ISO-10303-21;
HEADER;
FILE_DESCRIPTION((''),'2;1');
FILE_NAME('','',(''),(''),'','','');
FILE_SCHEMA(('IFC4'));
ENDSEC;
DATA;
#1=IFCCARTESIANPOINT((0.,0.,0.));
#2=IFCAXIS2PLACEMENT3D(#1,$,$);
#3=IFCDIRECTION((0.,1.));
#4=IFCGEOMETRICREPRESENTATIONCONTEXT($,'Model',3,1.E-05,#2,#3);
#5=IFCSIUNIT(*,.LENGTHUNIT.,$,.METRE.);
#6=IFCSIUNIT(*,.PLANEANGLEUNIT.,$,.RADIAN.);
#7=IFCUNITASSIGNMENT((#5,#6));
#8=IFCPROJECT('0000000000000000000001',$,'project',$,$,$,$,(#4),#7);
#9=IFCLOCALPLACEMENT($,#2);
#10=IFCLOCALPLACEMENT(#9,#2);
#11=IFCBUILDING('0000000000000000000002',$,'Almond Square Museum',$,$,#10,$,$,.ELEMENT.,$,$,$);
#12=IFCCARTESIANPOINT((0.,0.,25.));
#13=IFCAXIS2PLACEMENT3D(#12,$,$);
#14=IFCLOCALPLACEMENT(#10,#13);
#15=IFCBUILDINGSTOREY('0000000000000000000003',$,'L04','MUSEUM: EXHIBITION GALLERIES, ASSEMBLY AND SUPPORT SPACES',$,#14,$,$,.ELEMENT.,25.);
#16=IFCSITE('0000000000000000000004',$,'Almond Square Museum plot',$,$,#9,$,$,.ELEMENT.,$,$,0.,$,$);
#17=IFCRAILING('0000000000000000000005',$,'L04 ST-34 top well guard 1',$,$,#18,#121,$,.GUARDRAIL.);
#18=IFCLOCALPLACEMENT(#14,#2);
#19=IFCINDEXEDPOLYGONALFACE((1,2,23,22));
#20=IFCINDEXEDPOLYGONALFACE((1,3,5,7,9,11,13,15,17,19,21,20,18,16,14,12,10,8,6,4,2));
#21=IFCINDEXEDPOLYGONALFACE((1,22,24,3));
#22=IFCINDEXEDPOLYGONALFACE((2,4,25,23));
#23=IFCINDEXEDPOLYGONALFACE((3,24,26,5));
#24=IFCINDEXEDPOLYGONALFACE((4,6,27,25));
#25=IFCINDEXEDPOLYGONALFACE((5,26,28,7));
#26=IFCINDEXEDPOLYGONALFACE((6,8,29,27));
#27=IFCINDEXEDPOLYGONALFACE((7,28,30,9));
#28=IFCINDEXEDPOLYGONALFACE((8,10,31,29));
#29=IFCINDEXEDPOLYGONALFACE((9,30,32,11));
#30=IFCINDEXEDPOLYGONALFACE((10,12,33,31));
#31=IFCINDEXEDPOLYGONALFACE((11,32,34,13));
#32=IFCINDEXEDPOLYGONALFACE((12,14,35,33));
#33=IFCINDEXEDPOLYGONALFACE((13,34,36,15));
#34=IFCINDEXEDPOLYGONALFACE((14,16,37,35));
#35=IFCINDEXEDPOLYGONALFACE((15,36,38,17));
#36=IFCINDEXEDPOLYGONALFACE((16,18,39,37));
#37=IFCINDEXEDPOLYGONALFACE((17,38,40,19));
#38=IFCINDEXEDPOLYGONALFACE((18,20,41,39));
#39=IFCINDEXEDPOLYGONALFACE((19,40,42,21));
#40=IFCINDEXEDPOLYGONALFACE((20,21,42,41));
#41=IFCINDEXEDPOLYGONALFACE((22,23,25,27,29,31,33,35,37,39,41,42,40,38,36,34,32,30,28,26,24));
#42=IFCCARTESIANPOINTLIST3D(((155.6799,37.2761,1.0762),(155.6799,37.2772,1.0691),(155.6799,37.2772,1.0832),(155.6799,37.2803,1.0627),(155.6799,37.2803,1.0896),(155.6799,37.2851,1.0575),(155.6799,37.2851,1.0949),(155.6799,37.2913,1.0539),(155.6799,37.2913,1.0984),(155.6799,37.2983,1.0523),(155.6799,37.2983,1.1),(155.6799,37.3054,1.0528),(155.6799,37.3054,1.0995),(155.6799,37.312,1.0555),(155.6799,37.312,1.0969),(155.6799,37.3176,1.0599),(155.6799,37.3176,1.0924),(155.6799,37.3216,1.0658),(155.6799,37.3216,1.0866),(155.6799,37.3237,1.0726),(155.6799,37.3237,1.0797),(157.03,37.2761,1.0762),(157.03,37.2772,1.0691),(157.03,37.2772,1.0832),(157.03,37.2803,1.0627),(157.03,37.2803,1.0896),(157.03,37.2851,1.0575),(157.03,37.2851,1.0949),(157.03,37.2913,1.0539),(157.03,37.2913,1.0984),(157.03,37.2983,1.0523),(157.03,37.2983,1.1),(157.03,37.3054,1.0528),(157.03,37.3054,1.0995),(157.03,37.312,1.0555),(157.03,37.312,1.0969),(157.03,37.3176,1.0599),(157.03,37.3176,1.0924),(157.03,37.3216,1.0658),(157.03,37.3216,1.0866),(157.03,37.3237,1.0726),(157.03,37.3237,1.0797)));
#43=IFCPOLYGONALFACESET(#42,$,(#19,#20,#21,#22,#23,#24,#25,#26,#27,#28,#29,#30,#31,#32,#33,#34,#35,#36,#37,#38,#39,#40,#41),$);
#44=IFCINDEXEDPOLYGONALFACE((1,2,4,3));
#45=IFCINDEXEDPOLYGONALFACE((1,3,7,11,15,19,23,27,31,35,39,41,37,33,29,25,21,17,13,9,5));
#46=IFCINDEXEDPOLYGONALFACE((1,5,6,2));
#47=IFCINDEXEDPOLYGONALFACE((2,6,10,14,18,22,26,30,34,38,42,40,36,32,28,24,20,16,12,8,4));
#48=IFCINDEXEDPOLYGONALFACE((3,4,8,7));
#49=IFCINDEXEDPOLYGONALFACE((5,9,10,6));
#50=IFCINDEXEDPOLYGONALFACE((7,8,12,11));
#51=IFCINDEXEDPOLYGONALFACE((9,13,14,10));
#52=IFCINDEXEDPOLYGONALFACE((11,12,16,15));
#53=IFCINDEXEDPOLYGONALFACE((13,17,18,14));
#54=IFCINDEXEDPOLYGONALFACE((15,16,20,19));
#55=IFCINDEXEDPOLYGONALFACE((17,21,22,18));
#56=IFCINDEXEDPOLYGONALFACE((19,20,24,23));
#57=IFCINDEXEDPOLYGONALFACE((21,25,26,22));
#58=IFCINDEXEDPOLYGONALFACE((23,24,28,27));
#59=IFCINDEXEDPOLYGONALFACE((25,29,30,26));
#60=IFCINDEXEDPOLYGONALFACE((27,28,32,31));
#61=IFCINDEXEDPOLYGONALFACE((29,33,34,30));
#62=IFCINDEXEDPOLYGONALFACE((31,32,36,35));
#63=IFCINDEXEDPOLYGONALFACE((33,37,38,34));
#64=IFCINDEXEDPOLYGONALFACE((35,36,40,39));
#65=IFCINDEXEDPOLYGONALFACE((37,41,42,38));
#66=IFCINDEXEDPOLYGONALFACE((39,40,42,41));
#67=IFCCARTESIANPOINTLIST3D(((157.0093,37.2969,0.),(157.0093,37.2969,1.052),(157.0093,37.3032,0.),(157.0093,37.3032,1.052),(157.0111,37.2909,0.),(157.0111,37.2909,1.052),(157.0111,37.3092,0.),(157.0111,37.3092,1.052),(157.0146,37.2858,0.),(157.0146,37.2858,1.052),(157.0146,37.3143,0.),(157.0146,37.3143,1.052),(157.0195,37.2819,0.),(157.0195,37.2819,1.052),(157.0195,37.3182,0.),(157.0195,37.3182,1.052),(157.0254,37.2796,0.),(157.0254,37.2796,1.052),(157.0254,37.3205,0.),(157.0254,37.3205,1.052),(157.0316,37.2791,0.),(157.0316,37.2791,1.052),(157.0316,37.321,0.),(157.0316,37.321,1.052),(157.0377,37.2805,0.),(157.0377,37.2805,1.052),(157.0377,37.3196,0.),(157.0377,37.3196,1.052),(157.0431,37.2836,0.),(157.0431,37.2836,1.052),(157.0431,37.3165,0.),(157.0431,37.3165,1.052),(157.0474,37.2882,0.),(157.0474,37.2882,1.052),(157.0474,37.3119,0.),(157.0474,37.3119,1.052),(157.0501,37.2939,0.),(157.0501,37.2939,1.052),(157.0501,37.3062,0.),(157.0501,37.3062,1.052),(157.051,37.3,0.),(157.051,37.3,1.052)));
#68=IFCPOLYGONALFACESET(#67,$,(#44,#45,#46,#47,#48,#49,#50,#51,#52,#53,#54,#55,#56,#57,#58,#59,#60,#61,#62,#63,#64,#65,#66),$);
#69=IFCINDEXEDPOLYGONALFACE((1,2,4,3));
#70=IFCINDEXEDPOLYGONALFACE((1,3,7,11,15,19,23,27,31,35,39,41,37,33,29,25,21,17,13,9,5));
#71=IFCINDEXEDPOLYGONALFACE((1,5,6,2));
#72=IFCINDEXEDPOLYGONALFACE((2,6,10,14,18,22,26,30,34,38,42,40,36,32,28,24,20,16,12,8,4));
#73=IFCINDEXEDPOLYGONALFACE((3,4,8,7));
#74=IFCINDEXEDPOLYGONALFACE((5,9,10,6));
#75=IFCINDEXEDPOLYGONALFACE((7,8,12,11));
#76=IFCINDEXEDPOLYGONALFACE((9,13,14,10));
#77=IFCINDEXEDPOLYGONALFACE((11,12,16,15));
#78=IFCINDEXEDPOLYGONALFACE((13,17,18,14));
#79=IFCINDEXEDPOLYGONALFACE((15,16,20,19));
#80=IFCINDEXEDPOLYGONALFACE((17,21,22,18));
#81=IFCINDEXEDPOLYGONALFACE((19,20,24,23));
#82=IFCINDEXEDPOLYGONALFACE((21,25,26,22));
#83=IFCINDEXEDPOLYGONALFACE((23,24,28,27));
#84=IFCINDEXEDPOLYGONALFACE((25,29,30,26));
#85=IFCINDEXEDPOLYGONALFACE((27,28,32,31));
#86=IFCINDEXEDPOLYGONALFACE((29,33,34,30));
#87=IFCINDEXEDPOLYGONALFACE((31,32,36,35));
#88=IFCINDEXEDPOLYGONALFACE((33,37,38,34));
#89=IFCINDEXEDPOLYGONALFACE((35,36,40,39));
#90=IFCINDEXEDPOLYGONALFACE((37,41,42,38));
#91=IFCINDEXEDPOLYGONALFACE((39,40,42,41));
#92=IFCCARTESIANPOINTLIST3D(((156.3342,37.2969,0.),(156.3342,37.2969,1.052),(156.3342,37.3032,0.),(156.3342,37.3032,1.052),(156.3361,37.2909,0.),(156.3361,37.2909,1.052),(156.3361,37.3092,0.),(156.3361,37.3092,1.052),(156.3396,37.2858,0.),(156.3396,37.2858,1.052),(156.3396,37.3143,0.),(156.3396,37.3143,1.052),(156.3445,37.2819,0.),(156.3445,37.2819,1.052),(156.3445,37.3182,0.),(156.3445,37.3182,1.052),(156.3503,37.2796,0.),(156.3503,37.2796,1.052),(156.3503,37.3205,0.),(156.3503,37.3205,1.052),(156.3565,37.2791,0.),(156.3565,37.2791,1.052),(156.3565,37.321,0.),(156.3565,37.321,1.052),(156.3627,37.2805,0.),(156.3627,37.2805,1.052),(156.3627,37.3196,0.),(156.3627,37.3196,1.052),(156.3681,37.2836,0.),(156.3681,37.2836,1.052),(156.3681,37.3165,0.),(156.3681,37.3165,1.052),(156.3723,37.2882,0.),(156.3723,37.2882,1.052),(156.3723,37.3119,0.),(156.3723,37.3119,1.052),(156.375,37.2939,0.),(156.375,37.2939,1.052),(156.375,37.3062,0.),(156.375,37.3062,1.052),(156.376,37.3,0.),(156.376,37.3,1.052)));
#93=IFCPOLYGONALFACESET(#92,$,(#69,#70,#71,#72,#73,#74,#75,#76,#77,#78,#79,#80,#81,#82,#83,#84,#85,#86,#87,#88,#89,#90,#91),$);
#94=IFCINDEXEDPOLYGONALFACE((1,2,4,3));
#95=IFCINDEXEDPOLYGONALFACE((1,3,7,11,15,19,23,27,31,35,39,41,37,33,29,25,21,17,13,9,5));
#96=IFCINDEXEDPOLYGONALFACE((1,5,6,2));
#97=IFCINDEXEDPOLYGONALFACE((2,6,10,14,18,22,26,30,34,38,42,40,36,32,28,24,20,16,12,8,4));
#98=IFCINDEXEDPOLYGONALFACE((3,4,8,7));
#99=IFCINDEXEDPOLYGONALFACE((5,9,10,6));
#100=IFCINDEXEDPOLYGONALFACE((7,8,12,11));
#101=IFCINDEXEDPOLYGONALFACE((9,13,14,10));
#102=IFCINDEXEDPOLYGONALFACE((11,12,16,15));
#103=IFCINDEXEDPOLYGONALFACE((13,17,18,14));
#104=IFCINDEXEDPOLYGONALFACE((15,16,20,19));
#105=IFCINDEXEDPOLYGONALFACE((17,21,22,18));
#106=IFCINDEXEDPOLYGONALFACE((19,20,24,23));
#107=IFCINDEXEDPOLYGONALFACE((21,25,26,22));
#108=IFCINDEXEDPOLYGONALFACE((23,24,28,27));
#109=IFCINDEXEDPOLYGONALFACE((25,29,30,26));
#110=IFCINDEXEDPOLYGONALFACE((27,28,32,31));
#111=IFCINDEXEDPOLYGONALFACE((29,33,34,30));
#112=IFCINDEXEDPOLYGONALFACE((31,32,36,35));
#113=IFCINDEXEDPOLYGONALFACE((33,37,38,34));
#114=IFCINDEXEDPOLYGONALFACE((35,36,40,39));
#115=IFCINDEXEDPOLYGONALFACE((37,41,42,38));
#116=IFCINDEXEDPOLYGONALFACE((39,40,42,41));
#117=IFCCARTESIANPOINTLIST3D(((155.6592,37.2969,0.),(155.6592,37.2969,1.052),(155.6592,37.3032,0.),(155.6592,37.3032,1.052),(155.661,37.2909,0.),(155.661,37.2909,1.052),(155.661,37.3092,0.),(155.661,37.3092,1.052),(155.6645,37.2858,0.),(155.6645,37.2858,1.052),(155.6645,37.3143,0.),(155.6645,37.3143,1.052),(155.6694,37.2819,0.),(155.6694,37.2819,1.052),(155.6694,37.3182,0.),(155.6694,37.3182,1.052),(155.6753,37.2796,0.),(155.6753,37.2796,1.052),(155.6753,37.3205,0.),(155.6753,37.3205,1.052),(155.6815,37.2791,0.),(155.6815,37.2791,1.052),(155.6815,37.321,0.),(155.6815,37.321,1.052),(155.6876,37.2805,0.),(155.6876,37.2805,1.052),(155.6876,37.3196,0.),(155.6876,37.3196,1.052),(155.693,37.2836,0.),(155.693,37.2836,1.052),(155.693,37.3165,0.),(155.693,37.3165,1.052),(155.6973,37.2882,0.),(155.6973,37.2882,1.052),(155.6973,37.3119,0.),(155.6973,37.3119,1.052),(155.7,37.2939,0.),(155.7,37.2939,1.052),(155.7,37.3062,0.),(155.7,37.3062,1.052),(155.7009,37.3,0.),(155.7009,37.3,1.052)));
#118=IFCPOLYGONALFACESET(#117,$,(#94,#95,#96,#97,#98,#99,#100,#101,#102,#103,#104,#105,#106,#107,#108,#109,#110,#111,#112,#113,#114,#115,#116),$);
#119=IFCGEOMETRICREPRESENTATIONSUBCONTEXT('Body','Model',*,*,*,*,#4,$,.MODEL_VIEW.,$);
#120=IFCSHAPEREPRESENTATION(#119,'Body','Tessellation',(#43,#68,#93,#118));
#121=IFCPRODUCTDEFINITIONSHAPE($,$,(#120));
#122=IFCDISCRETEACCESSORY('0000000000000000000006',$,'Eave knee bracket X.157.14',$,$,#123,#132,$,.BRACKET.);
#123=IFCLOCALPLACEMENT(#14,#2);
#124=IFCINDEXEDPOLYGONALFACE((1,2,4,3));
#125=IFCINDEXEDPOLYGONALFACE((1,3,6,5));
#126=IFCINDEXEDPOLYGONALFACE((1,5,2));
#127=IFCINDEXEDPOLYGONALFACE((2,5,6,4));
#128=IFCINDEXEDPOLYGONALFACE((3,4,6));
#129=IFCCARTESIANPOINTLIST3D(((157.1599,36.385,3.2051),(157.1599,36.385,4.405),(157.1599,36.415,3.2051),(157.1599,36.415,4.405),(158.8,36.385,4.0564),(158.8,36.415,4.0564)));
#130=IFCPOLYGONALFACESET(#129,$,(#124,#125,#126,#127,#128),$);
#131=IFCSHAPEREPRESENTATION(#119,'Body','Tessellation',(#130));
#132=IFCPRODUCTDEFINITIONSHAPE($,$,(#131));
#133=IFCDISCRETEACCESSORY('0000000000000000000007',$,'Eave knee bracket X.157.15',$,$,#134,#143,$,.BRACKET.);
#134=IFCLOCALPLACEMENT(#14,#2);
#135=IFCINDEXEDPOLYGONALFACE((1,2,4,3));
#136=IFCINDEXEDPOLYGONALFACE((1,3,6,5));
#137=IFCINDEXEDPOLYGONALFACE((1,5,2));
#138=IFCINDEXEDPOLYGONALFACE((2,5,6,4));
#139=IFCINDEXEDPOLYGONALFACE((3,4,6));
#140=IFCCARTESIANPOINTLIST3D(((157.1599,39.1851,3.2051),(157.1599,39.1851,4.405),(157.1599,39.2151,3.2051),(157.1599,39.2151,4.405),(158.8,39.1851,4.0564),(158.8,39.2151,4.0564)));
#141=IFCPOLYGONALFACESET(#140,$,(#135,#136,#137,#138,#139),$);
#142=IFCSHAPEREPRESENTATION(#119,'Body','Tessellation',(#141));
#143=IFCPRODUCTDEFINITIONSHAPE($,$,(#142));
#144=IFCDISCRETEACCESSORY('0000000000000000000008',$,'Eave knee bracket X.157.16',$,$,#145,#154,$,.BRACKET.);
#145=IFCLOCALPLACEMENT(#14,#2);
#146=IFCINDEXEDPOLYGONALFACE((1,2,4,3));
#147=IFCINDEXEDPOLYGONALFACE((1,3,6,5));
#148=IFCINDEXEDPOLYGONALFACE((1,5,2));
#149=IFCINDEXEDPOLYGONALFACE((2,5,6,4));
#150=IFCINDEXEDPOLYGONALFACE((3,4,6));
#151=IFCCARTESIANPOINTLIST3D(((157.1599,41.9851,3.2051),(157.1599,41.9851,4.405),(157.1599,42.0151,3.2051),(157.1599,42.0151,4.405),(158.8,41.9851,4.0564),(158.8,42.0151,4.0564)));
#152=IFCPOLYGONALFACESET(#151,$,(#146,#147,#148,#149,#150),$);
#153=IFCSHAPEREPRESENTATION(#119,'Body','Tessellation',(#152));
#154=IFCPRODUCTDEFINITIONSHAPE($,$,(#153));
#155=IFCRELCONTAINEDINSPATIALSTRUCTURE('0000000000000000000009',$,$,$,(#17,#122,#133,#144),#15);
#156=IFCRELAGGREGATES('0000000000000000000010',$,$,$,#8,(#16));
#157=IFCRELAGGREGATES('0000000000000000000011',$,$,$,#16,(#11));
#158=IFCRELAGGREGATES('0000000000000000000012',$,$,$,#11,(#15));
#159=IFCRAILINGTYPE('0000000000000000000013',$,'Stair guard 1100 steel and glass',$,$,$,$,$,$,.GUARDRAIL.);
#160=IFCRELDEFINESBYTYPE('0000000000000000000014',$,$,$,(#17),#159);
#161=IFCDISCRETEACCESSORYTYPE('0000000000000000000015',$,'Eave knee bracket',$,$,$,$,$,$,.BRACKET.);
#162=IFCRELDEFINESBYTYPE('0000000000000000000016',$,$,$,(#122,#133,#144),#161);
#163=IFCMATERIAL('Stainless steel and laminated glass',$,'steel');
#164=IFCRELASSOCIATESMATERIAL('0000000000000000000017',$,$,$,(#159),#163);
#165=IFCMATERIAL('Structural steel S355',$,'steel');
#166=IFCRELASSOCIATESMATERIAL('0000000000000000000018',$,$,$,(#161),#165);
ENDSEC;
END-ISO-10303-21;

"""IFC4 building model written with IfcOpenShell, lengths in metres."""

from ifc_helpers import new_model, si_unit, direction, frame, origin, origin_2d, place, context, subcontext, project, spatial, polyline, circle, outline, extrude, material, type_object, element, save


model = new_model("IFC4")

# Units and contexts
model_context = context("Model", 3, precision=1e-05, world=origin(), true_north=direction((0.0, 1.0)))
body_context = subcontext(model_context, "Body", "Model", "MODEL_VIEW")
ifc_project = project(units=[si_unit("LENGTHUNIT", "METRE"), si_unit("PLANEANGLEUNIT", "RADIAN")], contexts=[model_context])

# Site, building, storey
site_placement = place(None, origin())
site = spatial("IfcSite", under=ifc_project, at=site_placement, Name="Almond Square Museum plot", CompositionType="ELEMENT", RefElevation=0.0)
building_placement = place(site_placement, origin())
building = spatial("IfcBuilding", under=site, at=building_placement, Name="Almond Square Museum", CompositionType="ELEMENT")
storey_placement = place(building_placement, frame((0.0, 0.0, 25.0)))
storey = spatial("IfcBuildingStorey", under=building, at=storey_placement, Name="L04", Description="MUSEUM: EXHIBITION GALLERIES, ASSEMBLY AND SUPPORT SPACES", CompositionType="ELEMENT", Elevation=25.0)

# Railing
ifc_material_1 = material(Name="Stainless steel and laminated glass", Category="steel")
railing_type = type_object("IfcRailingType", Name="Stair guard 1100 steel and glass", PredefinedType="GUARDRAIL", material=ifc_material_1)
for number, where, name in (
    (1, (157.03, 37.3, 0.0), "L04 ST-34 top well guard 1"),
):
    element("IfcRailing", number, at=place(storey_placement, frame(where)), inside=storey, type_object=railing_type, Name=name, PredefinedType="GUARDRAIL", context=body_context, shape_type="SweptSolid", body=[
        extrude(circle(Radius=0.0239, at=origin_2d()), frame((0.0, 0.0, 1.0762), z_axis=(-1.0, 0.0, 0.0), x_axis=(0.0, -1.0, 0.0)), (0.0, 0.0, 1.0), 1.3501),
        extrude(circle(Radius=0.021, at=origin_2d()), origin(), (0.0, 0.0, 1.0), 1.052),
        extrude(circle(Radius=0.021, at=origin_2d()), frame((-0.675, 0.0, 0.0)), (0.0, 0.0, 1.0), 1.052),
        extrude(circle(Radius=0.021, at=origin_2d()), frame((-1.3501, 0.0, 0.0)), (0.0, 0.0, 1.0), 1.052),
    ])

# Discrete accessories
ifc_material_2 = material(Name="Structural steel S355", Category="steel")
discrete_accessory_type = type_object("IfcDiscreteAccessoryType", Name="Eave knee bracket", PredefinedType="BRACKET", material=ifc_material_2)
for number, where, z_axis, x_axis, name in (
    (2, (157.1599, 36.3999, 4.405), (0.0, -1.0, 0.0), (0.0, 0.0, -1.0), "Eave knee bracket X.157.14"),
    (3, (157.1599, 39.2, 4.405), (0.0, -1.0, 0.0), (0.0, 0.0, -1.0), "Eave knee bracket X.157.15"),
    (4, (157.1599, 42.0, 4.405), (0.0, -1.0, 0.0), (0.0, 0.0, -1.0), "Eave knee bracket X.157.16"),
):
    element("IfcDiscreteAccessory", number, at=place(storey_placement, frame(where, z_axis=z_axis, x_axis=x_axis)), inside=storey, type_object=discrete_accessory_type, Name=name, PredefinedType="BRACKET", context=body_context, shape_type="SweptSolid", body=[
        extrude(outline(polyline([(0.0, 0.0), (1.2, 0.0), (0.3486, 1.6401), (0.0, 0.0)])), frame((0.0, 0.0, -0.0151)), (0.0, 0.0, 1.0), 0.03),
    ])

save(model, "model.ifc")
